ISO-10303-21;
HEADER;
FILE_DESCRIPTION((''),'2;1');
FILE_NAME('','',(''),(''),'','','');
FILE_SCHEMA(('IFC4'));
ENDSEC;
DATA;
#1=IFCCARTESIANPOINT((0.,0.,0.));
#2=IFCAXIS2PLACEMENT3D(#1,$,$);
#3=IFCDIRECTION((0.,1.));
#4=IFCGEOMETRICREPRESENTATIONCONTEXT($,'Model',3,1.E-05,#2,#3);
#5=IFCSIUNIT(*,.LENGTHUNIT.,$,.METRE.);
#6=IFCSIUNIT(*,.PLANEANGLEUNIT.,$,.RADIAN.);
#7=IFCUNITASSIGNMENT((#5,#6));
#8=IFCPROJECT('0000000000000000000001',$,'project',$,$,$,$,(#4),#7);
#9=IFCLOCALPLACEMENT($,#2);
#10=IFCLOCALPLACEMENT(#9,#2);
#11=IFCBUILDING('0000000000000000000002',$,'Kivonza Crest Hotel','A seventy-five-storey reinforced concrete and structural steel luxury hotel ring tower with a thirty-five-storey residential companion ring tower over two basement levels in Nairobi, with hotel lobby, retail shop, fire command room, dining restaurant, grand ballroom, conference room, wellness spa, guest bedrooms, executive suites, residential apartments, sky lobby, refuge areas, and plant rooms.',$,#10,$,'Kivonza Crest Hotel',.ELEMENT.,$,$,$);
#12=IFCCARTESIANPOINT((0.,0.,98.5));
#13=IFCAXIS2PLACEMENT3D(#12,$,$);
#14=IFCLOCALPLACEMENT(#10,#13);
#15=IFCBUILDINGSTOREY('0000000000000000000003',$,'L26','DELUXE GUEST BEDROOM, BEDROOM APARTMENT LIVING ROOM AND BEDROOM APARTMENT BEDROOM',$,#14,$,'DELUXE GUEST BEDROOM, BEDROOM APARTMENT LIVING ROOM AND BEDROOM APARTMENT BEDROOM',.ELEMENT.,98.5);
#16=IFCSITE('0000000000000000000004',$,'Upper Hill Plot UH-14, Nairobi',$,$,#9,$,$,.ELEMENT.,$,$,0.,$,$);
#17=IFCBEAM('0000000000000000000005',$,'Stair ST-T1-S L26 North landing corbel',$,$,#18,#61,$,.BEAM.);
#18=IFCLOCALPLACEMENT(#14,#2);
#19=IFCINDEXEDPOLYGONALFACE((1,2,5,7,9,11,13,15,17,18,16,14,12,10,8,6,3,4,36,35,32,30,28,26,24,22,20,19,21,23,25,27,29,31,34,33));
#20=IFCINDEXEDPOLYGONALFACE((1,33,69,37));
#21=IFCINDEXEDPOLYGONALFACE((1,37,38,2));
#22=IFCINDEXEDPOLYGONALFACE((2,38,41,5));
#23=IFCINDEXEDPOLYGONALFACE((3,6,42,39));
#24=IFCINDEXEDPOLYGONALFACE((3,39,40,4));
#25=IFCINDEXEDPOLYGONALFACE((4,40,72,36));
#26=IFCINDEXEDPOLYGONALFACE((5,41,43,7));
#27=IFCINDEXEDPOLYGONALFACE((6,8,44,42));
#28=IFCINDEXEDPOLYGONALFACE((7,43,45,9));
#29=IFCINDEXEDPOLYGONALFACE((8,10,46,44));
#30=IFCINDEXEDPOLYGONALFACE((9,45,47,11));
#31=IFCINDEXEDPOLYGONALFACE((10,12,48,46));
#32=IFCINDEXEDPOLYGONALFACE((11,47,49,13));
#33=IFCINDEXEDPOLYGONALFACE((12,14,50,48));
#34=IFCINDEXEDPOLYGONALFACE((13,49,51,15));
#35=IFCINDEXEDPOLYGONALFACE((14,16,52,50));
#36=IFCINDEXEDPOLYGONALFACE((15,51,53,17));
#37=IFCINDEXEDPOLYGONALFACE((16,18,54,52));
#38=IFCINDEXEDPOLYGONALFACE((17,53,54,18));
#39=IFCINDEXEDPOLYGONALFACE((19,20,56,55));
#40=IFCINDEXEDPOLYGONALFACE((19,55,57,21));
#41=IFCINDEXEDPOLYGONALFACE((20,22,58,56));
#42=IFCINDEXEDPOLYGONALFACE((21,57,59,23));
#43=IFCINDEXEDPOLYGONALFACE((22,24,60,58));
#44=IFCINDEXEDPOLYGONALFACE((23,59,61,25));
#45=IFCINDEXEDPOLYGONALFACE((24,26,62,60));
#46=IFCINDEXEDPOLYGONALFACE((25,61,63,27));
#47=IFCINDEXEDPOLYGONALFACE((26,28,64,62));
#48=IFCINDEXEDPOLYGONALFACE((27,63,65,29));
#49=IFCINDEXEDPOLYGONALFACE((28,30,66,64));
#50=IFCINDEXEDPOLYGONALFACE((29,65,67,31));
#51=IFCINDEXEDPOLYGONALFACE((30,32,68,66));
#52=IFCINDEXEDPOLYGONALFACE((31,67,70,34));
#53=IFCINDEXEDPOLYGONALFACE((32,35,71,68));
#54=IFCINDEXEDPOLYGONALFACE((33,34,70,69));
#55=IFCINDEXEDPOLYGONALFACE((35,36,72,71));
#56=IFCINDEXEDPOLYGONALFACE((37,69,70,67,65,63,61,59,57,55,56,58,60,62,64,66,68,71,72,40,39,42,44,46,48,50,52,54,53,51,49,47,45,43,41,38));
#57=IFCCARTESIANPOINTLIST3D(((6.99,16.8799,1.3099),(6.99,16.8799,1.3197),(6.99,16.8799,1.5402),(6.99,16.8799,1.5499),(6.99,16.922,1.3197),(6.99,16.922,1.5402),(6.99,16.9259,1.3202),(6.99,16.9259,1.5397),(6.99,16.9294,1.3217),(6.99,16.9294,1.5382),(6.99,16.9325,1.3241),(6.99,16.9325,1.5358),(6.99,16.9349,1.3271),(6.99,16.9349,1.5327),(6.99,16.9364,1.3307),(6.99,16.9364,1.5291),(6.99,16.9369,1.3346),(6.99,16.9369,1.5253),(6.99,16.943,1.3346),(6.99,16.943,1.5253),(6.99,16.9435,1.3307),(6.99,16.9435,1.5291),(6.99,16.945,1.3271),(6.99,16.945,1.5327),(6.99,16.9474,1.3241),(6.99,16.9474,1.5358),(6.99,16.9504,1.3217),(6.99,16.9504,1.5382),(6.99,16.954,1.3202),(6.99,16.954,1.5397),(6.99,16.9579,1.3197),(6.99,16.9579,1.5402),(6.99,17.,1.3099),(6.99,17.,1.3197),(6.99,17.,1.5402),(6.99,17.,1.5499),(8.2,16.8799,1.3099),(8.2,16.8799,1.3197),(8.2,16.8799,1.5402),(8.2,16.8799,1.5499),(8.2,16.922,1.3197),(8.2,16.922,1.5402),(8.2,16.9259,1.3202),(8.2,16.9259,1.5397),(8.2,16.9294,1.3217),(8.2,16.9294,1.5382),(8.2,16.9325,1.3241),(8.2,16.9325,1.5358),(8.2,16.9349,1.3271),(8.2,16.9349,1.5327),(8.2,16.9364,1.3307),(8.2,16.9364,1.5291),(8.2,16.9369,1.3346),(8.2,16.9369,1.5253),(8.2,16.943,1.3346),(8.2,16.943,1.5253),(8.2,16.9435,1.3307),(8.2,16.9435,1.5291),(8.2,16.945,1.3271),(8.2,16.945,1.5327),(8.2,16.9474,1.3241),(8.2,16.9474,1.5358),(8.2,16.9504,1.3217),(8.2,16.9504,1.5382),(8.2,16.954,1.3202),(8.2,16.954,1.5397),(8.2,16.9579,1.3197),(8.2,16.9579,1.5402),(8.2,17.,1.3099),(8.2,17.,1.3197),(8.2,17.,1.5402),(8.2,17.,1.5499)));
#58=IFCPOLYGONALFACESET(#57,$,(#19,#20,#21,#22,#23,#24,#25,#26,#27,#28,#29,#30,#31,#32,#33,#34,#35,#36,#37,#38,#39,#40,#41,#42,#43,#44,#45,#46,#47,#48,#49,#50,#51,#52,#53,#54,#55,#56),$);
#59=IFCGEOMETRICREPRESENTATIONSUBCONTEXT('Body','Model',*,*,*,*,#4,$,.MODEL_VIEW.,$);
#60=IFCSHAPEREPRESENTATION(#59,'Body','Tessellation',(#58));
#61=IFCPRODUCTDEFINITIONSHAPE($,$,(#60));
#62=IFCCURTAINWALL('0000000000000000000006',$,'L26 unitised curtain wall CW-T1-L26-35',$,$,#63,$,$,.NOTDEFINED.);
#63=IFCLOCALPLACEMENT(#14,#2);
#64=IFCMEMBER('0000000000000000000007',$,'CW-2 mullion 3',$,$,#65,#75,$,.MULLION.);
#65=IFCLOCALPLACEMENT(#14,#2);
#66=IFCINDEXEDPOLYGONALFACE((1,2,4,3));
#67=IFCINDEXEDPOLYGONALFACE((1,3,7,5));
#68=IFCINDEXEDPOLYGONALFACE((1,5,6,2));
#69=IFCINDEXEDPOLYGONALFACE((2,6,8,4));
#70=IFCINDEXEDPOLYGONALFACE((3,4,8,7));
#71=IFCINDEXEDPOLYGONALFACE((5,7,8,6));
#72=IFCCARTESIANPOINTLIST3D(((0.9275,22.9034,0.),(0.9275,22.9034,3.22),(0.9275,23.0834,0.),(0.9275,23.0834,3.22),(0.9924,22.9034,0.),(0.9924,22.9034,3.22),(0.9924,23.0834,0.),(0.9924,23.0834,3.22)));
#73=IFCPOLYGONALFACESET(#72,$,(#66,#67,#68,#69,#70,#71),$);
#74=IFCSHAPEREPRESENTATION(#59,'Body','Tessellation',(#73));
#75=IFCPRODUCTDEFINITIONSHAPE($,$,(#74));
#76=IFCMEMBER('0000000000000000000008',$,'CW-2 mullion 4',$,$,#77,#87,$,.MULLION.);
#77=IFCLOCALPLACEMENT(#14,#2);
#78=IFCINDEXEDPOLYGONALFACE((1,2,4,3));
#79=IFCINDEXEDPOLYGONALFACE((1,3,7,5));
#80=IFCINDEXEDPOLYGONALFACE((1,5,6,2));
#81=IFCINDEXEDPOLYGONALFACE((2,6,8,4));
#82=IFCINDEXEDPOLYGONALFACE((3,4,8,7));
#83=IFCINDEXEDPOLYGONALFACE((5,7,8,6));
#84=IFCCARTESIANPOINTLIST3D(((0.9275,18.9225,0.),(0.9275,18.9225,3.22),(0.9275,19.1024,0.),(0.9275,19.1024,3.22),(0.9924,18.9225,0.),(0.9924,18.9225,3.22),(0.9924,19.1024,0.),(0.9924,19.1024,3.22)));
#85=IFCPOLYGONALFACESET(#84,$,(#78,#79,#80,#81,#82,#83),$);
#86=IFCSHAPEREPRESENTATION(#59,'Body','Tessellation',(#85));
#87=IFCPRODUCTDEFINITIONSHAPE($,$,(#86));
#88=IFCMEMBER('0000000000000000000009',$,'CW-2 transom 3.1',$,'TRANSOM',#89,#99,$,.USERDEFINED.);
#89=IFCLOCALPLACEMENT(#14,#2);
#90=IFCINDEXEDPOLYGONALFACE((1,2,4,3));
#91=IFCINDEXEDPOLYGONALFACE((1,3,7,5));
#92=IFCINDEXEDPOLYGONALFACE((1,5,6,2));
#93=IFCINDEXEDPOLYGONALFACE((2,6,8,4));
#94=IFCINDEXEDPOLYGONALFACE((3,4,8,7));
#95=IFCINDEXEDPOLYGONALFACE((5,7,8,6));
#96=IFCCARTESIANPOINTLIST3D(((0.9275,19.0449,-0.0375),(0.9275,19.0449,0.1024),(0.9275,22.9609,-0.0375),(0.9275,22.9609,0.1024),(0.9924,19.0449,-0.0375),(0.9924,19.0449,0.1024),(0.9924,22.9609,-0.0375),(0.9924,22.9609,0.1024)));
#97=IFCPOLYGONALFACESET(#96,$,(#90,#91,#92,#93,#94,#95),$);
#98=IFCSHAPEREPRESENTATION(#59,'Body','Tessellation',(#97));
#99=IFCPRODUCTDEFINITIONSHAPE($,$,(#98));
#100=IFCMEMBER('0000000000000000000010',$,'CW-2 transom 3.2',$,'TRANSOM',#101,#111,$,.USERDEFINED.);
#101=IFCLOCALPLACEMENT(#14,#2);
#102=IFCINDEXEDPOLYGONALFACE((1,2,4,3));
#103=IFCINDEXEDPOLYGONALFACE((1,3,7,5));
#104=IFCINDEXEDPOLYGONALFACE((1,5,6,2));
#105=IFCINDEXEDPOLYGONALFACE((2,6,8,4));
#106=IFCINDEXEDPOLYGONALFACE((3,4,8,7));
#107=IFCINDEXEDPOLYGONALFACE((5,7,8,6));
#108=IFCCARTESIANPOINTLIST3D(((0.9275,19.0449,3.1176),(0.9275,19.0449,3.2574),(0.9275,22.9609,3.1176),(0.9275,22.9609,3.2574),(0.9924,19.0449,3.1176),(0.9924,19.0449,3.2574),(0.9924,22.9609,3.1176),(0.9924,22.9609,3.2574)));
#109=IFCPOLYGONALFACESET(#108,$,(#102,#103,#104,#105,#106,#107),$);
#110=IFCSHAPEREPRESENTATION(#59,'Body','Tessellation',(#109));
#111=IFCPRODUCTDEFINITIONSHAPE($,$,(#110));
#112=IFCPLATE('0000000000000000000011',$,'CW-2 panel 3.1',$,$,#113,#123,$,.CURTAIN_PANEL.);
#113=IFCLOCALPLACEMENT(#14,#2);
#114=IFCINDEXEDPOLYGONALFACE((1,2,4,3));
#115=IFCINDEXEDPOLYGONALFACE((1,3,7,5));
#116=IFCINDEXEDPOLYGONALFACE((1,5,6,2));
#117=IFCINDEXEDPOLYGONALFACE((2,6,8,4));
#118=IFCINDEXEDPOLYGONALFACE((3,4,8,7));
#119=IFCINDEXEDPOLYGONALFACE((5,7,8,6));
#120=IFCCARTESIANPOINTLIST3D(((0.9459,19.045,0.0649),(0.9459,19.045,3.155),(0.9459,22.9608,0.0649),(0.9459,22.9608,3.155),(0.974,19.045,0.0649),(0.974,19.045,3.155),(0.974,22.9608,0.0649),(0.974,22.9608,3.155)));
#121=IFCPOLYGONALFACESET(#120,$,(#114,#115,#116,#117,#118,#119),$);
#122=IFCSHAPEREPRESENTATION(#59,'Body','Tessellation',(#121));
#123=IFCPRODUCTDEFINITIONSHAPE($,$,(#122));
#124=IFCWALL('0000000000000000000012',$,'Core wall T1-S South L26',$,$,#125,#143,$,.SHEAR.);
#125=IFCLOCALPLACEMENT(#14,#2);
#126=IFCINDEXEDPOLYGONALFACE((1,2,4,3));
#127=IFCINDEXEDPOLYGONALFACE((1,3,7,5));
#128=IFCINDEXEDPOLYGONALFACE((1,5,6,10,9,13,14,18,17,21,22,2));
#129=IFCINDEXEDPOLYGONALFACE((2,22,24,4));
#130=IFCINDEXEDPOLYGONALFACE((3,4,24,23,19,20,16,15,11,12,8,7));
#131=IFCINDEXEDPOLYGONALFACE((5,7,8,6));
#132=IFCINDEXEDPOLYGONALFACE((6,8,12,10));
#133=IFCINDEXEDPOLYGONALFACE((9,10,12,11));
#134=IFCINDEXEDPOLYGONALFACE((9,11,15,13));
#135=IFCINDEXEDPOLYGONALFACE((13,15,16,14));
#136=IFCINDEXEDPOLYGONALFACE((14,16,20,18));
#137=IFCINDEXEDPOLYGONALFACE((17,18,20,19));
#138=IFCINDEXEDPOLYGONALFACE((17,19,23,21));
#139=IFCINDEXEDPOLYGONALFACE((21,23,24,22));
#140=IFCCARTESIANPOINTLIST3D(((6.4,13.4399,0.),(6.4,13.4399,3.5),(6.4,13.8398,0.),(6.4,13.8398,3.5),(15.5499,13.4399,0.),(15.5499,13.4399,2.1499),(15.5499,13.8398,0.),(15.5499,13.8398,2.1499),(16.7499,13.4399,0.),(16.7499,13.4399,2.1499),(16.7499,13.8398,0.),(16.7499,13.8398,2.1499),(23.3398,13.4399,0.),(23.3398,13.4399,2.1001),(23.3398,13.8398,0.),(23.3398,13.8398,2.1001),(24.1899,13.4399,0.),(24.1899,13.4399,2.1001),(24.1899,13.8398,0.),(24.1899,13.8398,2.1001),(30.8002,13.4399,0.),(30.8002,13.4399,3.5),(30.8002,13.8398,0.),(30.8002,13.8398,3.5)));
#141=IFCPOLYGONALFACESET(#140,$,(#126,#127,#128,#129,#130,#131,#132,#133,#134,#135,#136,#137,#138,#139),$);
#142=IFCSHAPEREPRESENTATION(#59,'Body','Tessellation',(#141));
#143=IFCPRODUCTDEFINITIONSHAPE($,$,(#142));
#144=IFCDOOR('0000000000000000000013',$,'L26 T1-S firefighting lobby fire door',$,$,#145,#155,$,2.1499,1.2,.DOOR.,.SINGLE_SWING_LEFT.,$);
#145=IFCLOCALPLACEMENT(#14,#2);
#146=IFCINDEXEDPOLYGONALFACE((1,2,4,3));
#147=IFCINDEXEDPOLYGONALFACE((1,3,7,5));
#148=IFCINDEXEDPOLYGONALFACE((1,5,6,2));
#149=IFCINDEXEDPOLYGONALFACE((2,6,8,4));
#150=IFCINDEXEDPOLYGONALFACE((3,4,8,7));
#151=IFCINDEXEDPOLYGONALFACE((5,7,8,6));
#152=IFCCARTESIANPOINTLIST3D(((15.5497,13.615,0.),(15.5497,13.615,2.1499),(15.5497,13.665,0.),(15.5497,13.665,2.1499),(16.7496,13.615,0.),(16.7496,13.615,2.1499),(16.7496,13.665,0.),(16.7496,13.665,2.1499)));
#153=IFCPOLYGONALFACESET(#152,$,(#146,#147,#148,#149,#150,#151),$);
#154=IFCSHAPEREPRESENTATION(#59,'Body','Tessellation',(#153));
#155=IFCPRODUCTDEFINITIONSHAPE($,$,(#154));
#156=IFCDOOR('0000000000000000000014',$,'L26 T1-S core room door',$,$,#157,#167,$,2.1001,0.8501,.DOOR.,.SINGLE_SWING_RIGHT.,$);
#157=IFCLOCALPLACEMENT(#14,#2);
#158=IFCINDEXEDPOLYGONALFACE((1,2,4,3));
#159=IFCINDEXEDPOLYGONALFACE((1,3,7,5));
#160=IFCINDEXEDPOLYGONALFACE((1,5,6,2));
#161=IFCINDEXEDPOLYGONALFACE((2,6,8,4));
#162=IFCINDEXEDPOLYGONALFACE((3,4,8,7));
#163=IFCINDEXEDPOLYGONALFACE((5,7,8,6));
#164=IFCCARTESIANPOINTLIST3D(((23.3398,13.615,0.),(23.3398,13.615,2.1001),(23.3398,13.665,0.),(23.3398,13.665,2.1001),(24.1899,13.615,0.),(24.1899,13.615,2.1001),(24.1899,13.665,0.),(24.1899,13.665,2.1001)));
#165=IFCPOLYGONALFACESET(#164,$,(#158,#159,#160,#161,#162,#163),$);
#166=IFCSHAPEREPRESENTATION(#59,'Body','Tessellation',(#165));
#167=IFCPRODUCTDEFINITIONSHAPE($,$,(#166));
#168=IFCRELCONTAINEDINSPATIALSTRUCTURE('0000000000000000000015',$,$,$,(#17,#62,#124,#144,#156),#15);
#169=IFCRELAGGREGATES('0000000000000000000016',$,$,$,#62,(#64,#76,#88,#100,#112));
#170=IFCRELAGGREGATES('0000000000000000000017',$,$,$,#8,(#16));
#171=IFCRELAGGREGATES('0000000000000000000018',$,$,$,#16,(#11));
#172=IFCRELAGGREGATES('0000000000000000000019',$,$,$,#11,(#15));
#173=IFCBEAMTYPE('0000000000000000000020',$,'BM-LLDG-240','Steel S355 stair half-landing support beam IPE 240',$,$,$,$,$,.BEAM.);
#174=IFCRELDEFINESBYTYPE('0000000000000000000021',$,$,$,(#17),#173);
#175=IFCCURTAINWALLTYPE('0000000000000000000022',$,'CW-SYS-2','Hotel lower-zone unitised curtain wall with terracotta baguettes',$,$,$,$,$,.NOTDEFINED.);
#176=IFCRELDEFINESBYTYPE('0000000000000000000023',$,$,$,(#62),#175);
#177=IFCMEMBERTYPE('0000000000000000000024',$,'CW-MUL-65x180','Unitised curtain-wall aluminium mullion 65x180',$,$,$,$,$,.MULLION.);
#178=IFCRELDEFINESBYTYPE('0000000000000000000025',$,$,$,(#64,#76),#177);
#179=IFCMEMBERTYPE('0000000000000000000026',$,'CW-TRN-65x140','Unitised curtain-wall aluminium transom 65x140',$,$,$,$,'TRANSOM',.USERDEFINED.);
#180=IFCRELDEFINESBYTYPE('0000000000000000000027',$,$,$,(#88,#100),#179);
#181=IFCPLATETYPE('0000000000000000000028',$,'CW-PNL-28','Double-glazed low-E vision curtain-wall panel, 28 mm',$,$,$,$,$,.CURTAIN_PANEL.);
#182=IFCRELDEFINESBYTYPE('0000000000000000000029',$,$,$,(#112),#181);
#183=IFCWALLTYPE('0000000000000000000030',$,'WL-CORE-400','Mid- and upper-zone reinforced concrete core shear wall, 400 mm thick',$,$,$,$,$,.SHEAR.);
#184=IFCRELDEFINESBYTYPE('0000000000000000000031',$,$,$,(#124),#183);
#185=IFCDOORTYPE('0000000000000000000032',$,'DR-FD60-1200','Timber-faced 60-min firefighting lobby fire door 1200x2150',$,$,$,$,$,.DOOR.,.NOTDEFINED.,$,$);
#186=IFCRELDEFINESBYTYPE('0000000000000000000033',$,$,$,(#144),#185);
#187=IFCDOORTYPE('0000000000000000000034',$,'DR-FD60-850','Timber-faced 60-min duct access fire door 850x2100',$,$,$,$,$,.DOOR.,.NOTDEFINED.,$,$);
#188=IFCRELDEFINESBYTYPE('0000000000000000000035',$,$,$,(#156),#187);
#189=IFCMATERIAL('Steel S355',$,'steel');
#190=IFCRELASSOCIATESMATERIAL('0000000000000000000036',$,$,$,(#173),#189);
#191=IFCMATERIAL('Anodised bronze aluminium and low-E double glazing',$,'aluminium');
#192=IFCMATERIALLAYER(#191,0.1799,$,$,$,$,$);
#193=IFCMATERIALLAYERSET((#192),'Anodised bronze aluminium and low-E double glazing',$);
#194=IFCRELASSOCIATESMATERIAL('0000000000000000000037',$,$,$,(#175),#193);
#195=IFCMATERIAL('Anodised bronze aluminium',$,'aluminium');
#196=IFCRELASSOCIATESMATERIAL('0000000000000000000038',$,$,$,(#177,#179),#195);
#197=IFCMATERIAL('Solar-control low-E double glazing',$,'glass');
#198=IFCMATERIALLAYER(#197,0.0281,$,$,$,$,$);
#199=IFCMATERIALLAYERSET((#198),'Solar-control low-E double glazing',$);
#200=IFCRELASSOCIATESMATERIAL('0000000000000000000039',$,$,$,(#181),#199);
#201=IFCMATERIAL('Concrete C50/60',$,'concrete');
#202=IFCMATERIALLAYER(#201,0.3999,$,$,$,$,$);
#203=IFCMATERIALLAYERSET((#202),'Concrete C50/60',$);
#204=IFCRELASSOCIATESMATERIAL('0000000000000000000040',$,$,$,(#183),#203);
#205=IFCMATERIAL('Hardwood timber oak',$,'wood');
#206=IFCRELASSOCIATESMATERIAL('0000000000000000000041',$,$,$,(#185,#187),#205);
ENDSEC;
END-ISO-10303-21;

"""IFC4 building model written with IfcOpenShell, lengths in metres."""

from ifc_helpers import new_model, si_unit, direction, frame, frame_2d, origin, origin_2d, place, context, subcontext, project, spatial, rectangle, i_section, extrude, material, layer, layer_set, material_profile, profile_set, type_object, element, fill, aggregate, save


model = new_model("IFC4")

# Units and contexts
model_context = context("Model", 3, precision=1e-05, world=origin(), true_north=direction((0.0, 1.0)))
body_context = subcontext(model_context, "Body", "Model", "MODEL_VIEW")
ifc_project = project(units=[si_unit("LENGTHUNIT", "METRE"), si_unit("PLANEANGLEUNIT", "RADIAN")], contexts=[model_context])

# Site, building, storey
site_placement = place(None, origin())
site = spatial("IfcSite", under=ifc_project, at=site_placement, Name="Upper Hill Plot UH-14, Nairobi", CompositionType="ELEMENT", RefElevation=0.0)
building_placement = place(site_placement, origin())
building = spatial("IfcBuilding", under=site, at=building_placement, Name="Kivonza Crest Hotel", Description="A seventy-five-storey reinforced concrete and structural steel luxury hotel ring tower with a thirty-five-storey residential companion ring tower over two basement levels in Nairobi, with hotel lobby, retail shop, fire command room, dining restaurant, grand ballroom, conference room, wellness spa, guest bedrooms, executive suites, residential apartments, sky lobby, refuge areas, and plant rooms.", LongName="Kivonza Crest Hotel", CompositionType="ELEMENT")
storey_placement = place(building_placement, frame((0.0, 0.0, 98.5)))
storey = spatial("IfcBuildingStorey", under=building, at=storey_placement, Name="L26", Description="DELUXE GUEST BEDROOM, BEDROOM APARTMENT LIVING ROOM AND BEDROOM APARTMENT BEDROOM", LongName="DELUXE GUEST BEDROOM, BEDROOM APARTMENT LIVING ROOM AND BEDROOM APARTMENT BEDROOM", CompositionType="ELEMENT", Elevation=98.5)

# Shared definitions
ifc_material_1 = material(Name="Concrete C50/60", Category="concrete")

# Beam
ifc_material_2 = material(Name="Steel S355", Category="steel")
ifc_material_profile_1 = material_profile(ifc_material_2, i_section(OverallWidth=0.1201, OverallDepth=0.24, WebThickness=0.0061, FlangeThickness=0.0098, FilletRadius=0.0149, at=origin_2d()), Name="IPE 240")
ifc_profile_set_1 = profile_set([ifc_material_profile_1], Name="Steel S355")
beam_type_1 = type_object("IfcBeamType", Name="BM-LLDG-240", Description="Steel S355 stair half-landing support beam IPE 240", PredefinedType="BEAM", material=ifc_profile_set_1)
for number, where, z_axis, x_axis, name in (
    (1, (6.99, 16.9399, 1.4299), (1.0, 0.0, 0.0), (0.0, 1.0, 0.0), "Stair ST-T1-S L26 North landing corbel"),
):
    element("IfcBeam", number, at=place(storey_placement, frame(where, z_axis=z_axis, x_axis=x_axis)), inside=storey, type_object=beam_type_1, Name=name, PredefinedType="BEAM", context=body_context, shape_type="SweptSolid", body=[
        extrude(i_section(OverallWidth=0.1201, OverallDepth=0.24, WebThickness=0.0061, FlangeThickness=0.0098, FilletRadius=0.0149, at=origin_2d()), origin(), (0.0, 0.0, 1.0), 1.21),
    ])

# Curtain wall, members, plate
ifc_material_3 = material(Name="Anodised bronze aluminium and low-E double glazing", Category="aluminium")
ifc_layer_1 = layer(ifc_material_3, 0.1799)
ifc_layer_set_1 = layer_set([ifc_layer_1], Name="Anodised bronze aluminium and low-E double glazing")
curtain_wall_type = type_object("IfcCurtainWallType", Name="CW-SYS-2", Description="Hotel lower-zone unitised curtain wall with terracotta baguettes", PredefinedType="NOTDEFINED", material=ifc_layer_set_1)
curtain_wall_placement = place(storey_placement, origin())
curtain_wall = element("IfcCurtainWall", 2, at=curtain_wall_placement, inside=storey, type_object=curtain_wall_type, Name="L26 unitised curtain wall CW-T1-L26-35", PredefinedType="NOTDEFINED")
ifc_material_4 = material(Name="Anodised bronze aluminium", Category="aluminium")
ifc_material_profile_2 = material_profile(ifc_material_4, rectangle(XDim=0.0649, YDim=0.1799, at=origin_2d()), Name="CW-M 65x180")
ifc_profile_set_2 = profile_set([ifc_material_profile_2], Name="Anodised bronze aluminium")
member_type_1 = type_object("IfcMemberType", Name="CW-MUL-65x180", Description="Unitised curtain-wall aluminium mullion 65x180", PredefinedType="MULLION", material=ifc_profile_set_2)
member_1_placement = place(storey_placement, frame((0.96, 22.9934, 0.0), z_axis=(0.0, 0.0, 1.0), x_axis=(1.0, 0.0, 0.0)))
member_1 = element("IfcMember", 3, at=member_1_placement, type_object=member_type_1, Name="CW-2 mullion 3", PredefinedType="MULLION", context=body_context, shape_type="SweptSolid", body=[
    extrude(rectangle(XDim=0.0649, YDim=0.1799, at=origin_2d()), origin(), (0.0, 0.0, 1.0), 3.22),
])
member_2_placement = place(storey_placement, frame((0.96, 19.0125, 0.0), z_axis=(0.0, 0.0, 1.0), x_axis=(1.0, 0.0, 0.0)))
member_2 = element("IfcMember", 4, at=member_2_placement, type_object=member_type_1, Name="CW-2 mullion 4", PredefinedType="MULLION", context=body_context, shape_type="SweptSolid", body=[
    extrude(rectangle(XDim=0.0649, YDim=0.1799, at=origin_2d()), origin(), (0.0, 0.0, 1.0), 3.22),
])
ifc_material_profile_3 = material_profile(ifc_material_4, rectangle(XDim=0.0649, YDim=0.1399, at=origin_2d()), Name="CW-T 65x140")
ifc_profile_set_3 = profile_set([ifc_material_profile_3], Name="Anodised bronze aluminium")
member_type_2 = type_object("IfcMemberType", Name="CW-TRN-65x140", Description="Unitised curtain-wall aluminium transom 65x140", ElementType="TRANSOM", PredefinedType="USERDEFINED", material=ifc_profile_set_3)
member_3_placement = place(storey_placement, frame((0.96, 22.9609, 0.0325), z_axis=(0.0, -1.0, 0.0), x_axis=(1.0, 0.0, 0.0)))
member_3 = element("IfcMember", 5, at=member_3_placement, type_object=member_type_2, Name="CW-2 transom 3.1", ObjectType="TRANSOM", PredefinedType="USERDEFINED", context=body_context, shape_type="SweptSolid", body=[
    extrude(rectangle(XDim=0.0649, YDim=0.1399, at=origin_2d()), origin(), (0.0, 0.0, 1.0), 3.916),
])
member_4_placement = place(storey_placement, frame((0.96, 22.9609, 3.1875), z_axis=(0.0, -1.0, 0.0), x_axis=(1.0, 0.0, 0.0)))
member_4 = element("IfcMember", 6, at=member_4_placement, type_object=member_type_2, Name="CW-2 transom 3.2", ObjectType="TRANSOM", PredefinedType="USERDEFINED", context=body_context, shape_type="SweptSolid", body=[
    extrude(rectangle(XDim=0.0649, YDim=0.1399, at=origin_2d()), origin(), (0.0, 0.0, 1.0), 3.916),
])
ifc_material_5 = material(Name="Solar-control low-E double glazing", Category="glass")
ifc_layer_2 = layer(ifc_material_5, 0.0281)
ifc_layer_set_2 = layer_set([ifc_layer_2], Name="Solar-control low-E double glazing")
plate_type = type_object("IfcPlateType", Name="CW-PNL-28", Description="Double-glazed low-E vision curtain-wall panel, 28 mm", PredefinedType="CURTAIN_PANEL", material=ifc_layer_set_2)
plate_placement = place(storey_placement, frame((0.96, 21.0029, 0.0649), z_axis=(0.0, 0.0, 1.0), x_axis=(0.0, -1.0, 0.0)))
plate = element("IfcPlate", 7, at=plate_placement, type_object=plate_type, Name="CW-2 panel 3.1", PredefinedType="CURTAIN_PANEL", context=body_context, shape_type="SweptSolid", body=[
    extrude(rectangle(XDim=3.9158, YDim=0.0281, at=origin_2d()), origin(), (0.0, 0.0, 1.0), 3.0901),
])
aggregate(curtain_wall, [member_1, member_2, member_3, member_4, plate])

# Wall, openings, doors
ifc_layer_3 = layer(ifc_material_1, 0.3999)
ifc_layer_set_3 = layer_set([ifc_layer_3], Name="Concrete C50/60")
wall_type_1 = type_object("IfcWallType", Name="WL-CORE-400", Description="Mid- and upper-zone reinforced concrete core shear wall, 400 mm thick", PredefinedType="SHEAR", material=ifc_layer_set_3)
wall_1_placement = place(storey_placement, frame((6.3999, 13.6399, 0.0), z_axis=(0.0, 0.0, 1.0), x_axis=(1.0, 0.0, 0.0)))
wall_1 = element("IfcWall", 8, at=wall_1_placement, inside=storey, type_object=wall_type_1, Name="Core wall T1-S South L26", PredefinedType="SHEAR", context=body_context, shape_type="SweptSolid", body=[
    extrude(rectangle(XDim=24.4001, YDim=0.3999, at=frame_2d((12.2002, 0.0))), origin(), (0.0, 0.0, 1.0), 3.5),
])
opening_1_placement = place(wall_1_placement, frame((9.1499, 0.0, 0.0)))
opening_1 = element("IfcOpeningElement", 9, at=opening_1_placement, cuts=wall_1, PredefinedType="OPENING", context=body_context, shape_type="SweptSolid", body=[
    extrude(rectangle(XDim=1.2, YDim=2.1499, at=frame_2d((0.6001, 1.075))), frame((0.0, 0.21, 0.0), z_axis=(0.0, -1.0, 0.0), x_axis=(1.0, 0.0, 0.0)), (0.0, 0.0, 1.0), 0.4199),
])
opening_2_placement = place(wall_1_placement, frame((16.9399, 0.0, 0.0)))
opening_2 = element("IfcOpeningElement", 10, at=opening_2_placement, cuts=wall_1, PredefinedType="OPENING", context=body_context, shape_type="SweptSolid", body=[
    extrude(rectangle(XDim=0.8501, YDim=2.1001, at=frame_2d((0.425, 1.05))), frame((0.0, 0.21, 0.0), z_axis=(0.0, -1.0, 0.0), x_axis=(1.0, 0.0, 0.0)), (0.0, 0.0, 1.0), 0.4199),
])
ifc_material_6 = material(Name="Hardwood timber oak", Category="wood")
door_type_1 = type_object("IfcDoorType", Name="DR-FD60-1200", Description="Timber-faced 60-min firefighting lobby fire door 1200x2150", OperationType="NOTDEFINED", PredefinedType="DOOR", material=ifc_material_6)
door_1_placement = place(opening_1_placement, frame((1.2, 0.0, 0.0), z_axis=(0.0, 0.0, 1.0), x_axis=(-1.0, 0.0, 0.0)))
door_1 = element("IfcDoor", 11, at=door_1_placement, inside=storey, type_object=door_type_1, Name="L26 T1-S firefighting lobby fire door", OperationType="SINGLE_SWING_LEFT", OverallHeight=2.1499, OverallWidth=1.2, PredefinedType="DOOR", context=body_context, shape_type="SweptSolid", body=[
    extrude(rectangle(XDim=1.2, YDim=2.1499, at=frame_2d((0.6001, 1.075))), frame((0.0, 0.0249, 0.0), z_axis=(0.0, -1.0, 0.0), x_axis=(1.0, 0.0, 0.0)), (0.0, 0.0, 1.0), 0.05),
])
fill(opening_1, door_1)
door_type_2 = type_object("IfcDoorType", Name="DR-FD60-850", Description="Timber-faced 60-min duct access fire door 850x2100", OperationType="NOTDEFINED", PredefinedType="DOOR", material=ifc_material_6)
door_2_placement = place(opening_2_placement, frame((0.8501, 0.0, 0.0), z_axis=(0.0, 0.0, 1.0), x_axis=(-1.0, 0.0, 0.0)))
door_2 = element("IfcDoor", 12, at=door_2_placement, inside=storey, type_object=door_type_2, Name="L26 T1-S core room door", OperationType="SINGLE_SWING_RIGHT", OverallHeight=2.1001, OverallWidth=0.8501, PredefinedType="DOOR", context=body_context, shape_type="SweptSolid", body=[
    extrude(rectangle(XDim=0.8501, YDim=2.1001, at=frame_2d((0.425, 1.05))), frame((0.0, 0.0249, 0.0), z_axis=(0.0, -1.0, 0.0), x_axis=(1.0, 0.0, 0.0)), (0.0, 0.0, 1.0), 0.05),
])
fill(opening_2, door_2)

save(model, "model.ifc")
